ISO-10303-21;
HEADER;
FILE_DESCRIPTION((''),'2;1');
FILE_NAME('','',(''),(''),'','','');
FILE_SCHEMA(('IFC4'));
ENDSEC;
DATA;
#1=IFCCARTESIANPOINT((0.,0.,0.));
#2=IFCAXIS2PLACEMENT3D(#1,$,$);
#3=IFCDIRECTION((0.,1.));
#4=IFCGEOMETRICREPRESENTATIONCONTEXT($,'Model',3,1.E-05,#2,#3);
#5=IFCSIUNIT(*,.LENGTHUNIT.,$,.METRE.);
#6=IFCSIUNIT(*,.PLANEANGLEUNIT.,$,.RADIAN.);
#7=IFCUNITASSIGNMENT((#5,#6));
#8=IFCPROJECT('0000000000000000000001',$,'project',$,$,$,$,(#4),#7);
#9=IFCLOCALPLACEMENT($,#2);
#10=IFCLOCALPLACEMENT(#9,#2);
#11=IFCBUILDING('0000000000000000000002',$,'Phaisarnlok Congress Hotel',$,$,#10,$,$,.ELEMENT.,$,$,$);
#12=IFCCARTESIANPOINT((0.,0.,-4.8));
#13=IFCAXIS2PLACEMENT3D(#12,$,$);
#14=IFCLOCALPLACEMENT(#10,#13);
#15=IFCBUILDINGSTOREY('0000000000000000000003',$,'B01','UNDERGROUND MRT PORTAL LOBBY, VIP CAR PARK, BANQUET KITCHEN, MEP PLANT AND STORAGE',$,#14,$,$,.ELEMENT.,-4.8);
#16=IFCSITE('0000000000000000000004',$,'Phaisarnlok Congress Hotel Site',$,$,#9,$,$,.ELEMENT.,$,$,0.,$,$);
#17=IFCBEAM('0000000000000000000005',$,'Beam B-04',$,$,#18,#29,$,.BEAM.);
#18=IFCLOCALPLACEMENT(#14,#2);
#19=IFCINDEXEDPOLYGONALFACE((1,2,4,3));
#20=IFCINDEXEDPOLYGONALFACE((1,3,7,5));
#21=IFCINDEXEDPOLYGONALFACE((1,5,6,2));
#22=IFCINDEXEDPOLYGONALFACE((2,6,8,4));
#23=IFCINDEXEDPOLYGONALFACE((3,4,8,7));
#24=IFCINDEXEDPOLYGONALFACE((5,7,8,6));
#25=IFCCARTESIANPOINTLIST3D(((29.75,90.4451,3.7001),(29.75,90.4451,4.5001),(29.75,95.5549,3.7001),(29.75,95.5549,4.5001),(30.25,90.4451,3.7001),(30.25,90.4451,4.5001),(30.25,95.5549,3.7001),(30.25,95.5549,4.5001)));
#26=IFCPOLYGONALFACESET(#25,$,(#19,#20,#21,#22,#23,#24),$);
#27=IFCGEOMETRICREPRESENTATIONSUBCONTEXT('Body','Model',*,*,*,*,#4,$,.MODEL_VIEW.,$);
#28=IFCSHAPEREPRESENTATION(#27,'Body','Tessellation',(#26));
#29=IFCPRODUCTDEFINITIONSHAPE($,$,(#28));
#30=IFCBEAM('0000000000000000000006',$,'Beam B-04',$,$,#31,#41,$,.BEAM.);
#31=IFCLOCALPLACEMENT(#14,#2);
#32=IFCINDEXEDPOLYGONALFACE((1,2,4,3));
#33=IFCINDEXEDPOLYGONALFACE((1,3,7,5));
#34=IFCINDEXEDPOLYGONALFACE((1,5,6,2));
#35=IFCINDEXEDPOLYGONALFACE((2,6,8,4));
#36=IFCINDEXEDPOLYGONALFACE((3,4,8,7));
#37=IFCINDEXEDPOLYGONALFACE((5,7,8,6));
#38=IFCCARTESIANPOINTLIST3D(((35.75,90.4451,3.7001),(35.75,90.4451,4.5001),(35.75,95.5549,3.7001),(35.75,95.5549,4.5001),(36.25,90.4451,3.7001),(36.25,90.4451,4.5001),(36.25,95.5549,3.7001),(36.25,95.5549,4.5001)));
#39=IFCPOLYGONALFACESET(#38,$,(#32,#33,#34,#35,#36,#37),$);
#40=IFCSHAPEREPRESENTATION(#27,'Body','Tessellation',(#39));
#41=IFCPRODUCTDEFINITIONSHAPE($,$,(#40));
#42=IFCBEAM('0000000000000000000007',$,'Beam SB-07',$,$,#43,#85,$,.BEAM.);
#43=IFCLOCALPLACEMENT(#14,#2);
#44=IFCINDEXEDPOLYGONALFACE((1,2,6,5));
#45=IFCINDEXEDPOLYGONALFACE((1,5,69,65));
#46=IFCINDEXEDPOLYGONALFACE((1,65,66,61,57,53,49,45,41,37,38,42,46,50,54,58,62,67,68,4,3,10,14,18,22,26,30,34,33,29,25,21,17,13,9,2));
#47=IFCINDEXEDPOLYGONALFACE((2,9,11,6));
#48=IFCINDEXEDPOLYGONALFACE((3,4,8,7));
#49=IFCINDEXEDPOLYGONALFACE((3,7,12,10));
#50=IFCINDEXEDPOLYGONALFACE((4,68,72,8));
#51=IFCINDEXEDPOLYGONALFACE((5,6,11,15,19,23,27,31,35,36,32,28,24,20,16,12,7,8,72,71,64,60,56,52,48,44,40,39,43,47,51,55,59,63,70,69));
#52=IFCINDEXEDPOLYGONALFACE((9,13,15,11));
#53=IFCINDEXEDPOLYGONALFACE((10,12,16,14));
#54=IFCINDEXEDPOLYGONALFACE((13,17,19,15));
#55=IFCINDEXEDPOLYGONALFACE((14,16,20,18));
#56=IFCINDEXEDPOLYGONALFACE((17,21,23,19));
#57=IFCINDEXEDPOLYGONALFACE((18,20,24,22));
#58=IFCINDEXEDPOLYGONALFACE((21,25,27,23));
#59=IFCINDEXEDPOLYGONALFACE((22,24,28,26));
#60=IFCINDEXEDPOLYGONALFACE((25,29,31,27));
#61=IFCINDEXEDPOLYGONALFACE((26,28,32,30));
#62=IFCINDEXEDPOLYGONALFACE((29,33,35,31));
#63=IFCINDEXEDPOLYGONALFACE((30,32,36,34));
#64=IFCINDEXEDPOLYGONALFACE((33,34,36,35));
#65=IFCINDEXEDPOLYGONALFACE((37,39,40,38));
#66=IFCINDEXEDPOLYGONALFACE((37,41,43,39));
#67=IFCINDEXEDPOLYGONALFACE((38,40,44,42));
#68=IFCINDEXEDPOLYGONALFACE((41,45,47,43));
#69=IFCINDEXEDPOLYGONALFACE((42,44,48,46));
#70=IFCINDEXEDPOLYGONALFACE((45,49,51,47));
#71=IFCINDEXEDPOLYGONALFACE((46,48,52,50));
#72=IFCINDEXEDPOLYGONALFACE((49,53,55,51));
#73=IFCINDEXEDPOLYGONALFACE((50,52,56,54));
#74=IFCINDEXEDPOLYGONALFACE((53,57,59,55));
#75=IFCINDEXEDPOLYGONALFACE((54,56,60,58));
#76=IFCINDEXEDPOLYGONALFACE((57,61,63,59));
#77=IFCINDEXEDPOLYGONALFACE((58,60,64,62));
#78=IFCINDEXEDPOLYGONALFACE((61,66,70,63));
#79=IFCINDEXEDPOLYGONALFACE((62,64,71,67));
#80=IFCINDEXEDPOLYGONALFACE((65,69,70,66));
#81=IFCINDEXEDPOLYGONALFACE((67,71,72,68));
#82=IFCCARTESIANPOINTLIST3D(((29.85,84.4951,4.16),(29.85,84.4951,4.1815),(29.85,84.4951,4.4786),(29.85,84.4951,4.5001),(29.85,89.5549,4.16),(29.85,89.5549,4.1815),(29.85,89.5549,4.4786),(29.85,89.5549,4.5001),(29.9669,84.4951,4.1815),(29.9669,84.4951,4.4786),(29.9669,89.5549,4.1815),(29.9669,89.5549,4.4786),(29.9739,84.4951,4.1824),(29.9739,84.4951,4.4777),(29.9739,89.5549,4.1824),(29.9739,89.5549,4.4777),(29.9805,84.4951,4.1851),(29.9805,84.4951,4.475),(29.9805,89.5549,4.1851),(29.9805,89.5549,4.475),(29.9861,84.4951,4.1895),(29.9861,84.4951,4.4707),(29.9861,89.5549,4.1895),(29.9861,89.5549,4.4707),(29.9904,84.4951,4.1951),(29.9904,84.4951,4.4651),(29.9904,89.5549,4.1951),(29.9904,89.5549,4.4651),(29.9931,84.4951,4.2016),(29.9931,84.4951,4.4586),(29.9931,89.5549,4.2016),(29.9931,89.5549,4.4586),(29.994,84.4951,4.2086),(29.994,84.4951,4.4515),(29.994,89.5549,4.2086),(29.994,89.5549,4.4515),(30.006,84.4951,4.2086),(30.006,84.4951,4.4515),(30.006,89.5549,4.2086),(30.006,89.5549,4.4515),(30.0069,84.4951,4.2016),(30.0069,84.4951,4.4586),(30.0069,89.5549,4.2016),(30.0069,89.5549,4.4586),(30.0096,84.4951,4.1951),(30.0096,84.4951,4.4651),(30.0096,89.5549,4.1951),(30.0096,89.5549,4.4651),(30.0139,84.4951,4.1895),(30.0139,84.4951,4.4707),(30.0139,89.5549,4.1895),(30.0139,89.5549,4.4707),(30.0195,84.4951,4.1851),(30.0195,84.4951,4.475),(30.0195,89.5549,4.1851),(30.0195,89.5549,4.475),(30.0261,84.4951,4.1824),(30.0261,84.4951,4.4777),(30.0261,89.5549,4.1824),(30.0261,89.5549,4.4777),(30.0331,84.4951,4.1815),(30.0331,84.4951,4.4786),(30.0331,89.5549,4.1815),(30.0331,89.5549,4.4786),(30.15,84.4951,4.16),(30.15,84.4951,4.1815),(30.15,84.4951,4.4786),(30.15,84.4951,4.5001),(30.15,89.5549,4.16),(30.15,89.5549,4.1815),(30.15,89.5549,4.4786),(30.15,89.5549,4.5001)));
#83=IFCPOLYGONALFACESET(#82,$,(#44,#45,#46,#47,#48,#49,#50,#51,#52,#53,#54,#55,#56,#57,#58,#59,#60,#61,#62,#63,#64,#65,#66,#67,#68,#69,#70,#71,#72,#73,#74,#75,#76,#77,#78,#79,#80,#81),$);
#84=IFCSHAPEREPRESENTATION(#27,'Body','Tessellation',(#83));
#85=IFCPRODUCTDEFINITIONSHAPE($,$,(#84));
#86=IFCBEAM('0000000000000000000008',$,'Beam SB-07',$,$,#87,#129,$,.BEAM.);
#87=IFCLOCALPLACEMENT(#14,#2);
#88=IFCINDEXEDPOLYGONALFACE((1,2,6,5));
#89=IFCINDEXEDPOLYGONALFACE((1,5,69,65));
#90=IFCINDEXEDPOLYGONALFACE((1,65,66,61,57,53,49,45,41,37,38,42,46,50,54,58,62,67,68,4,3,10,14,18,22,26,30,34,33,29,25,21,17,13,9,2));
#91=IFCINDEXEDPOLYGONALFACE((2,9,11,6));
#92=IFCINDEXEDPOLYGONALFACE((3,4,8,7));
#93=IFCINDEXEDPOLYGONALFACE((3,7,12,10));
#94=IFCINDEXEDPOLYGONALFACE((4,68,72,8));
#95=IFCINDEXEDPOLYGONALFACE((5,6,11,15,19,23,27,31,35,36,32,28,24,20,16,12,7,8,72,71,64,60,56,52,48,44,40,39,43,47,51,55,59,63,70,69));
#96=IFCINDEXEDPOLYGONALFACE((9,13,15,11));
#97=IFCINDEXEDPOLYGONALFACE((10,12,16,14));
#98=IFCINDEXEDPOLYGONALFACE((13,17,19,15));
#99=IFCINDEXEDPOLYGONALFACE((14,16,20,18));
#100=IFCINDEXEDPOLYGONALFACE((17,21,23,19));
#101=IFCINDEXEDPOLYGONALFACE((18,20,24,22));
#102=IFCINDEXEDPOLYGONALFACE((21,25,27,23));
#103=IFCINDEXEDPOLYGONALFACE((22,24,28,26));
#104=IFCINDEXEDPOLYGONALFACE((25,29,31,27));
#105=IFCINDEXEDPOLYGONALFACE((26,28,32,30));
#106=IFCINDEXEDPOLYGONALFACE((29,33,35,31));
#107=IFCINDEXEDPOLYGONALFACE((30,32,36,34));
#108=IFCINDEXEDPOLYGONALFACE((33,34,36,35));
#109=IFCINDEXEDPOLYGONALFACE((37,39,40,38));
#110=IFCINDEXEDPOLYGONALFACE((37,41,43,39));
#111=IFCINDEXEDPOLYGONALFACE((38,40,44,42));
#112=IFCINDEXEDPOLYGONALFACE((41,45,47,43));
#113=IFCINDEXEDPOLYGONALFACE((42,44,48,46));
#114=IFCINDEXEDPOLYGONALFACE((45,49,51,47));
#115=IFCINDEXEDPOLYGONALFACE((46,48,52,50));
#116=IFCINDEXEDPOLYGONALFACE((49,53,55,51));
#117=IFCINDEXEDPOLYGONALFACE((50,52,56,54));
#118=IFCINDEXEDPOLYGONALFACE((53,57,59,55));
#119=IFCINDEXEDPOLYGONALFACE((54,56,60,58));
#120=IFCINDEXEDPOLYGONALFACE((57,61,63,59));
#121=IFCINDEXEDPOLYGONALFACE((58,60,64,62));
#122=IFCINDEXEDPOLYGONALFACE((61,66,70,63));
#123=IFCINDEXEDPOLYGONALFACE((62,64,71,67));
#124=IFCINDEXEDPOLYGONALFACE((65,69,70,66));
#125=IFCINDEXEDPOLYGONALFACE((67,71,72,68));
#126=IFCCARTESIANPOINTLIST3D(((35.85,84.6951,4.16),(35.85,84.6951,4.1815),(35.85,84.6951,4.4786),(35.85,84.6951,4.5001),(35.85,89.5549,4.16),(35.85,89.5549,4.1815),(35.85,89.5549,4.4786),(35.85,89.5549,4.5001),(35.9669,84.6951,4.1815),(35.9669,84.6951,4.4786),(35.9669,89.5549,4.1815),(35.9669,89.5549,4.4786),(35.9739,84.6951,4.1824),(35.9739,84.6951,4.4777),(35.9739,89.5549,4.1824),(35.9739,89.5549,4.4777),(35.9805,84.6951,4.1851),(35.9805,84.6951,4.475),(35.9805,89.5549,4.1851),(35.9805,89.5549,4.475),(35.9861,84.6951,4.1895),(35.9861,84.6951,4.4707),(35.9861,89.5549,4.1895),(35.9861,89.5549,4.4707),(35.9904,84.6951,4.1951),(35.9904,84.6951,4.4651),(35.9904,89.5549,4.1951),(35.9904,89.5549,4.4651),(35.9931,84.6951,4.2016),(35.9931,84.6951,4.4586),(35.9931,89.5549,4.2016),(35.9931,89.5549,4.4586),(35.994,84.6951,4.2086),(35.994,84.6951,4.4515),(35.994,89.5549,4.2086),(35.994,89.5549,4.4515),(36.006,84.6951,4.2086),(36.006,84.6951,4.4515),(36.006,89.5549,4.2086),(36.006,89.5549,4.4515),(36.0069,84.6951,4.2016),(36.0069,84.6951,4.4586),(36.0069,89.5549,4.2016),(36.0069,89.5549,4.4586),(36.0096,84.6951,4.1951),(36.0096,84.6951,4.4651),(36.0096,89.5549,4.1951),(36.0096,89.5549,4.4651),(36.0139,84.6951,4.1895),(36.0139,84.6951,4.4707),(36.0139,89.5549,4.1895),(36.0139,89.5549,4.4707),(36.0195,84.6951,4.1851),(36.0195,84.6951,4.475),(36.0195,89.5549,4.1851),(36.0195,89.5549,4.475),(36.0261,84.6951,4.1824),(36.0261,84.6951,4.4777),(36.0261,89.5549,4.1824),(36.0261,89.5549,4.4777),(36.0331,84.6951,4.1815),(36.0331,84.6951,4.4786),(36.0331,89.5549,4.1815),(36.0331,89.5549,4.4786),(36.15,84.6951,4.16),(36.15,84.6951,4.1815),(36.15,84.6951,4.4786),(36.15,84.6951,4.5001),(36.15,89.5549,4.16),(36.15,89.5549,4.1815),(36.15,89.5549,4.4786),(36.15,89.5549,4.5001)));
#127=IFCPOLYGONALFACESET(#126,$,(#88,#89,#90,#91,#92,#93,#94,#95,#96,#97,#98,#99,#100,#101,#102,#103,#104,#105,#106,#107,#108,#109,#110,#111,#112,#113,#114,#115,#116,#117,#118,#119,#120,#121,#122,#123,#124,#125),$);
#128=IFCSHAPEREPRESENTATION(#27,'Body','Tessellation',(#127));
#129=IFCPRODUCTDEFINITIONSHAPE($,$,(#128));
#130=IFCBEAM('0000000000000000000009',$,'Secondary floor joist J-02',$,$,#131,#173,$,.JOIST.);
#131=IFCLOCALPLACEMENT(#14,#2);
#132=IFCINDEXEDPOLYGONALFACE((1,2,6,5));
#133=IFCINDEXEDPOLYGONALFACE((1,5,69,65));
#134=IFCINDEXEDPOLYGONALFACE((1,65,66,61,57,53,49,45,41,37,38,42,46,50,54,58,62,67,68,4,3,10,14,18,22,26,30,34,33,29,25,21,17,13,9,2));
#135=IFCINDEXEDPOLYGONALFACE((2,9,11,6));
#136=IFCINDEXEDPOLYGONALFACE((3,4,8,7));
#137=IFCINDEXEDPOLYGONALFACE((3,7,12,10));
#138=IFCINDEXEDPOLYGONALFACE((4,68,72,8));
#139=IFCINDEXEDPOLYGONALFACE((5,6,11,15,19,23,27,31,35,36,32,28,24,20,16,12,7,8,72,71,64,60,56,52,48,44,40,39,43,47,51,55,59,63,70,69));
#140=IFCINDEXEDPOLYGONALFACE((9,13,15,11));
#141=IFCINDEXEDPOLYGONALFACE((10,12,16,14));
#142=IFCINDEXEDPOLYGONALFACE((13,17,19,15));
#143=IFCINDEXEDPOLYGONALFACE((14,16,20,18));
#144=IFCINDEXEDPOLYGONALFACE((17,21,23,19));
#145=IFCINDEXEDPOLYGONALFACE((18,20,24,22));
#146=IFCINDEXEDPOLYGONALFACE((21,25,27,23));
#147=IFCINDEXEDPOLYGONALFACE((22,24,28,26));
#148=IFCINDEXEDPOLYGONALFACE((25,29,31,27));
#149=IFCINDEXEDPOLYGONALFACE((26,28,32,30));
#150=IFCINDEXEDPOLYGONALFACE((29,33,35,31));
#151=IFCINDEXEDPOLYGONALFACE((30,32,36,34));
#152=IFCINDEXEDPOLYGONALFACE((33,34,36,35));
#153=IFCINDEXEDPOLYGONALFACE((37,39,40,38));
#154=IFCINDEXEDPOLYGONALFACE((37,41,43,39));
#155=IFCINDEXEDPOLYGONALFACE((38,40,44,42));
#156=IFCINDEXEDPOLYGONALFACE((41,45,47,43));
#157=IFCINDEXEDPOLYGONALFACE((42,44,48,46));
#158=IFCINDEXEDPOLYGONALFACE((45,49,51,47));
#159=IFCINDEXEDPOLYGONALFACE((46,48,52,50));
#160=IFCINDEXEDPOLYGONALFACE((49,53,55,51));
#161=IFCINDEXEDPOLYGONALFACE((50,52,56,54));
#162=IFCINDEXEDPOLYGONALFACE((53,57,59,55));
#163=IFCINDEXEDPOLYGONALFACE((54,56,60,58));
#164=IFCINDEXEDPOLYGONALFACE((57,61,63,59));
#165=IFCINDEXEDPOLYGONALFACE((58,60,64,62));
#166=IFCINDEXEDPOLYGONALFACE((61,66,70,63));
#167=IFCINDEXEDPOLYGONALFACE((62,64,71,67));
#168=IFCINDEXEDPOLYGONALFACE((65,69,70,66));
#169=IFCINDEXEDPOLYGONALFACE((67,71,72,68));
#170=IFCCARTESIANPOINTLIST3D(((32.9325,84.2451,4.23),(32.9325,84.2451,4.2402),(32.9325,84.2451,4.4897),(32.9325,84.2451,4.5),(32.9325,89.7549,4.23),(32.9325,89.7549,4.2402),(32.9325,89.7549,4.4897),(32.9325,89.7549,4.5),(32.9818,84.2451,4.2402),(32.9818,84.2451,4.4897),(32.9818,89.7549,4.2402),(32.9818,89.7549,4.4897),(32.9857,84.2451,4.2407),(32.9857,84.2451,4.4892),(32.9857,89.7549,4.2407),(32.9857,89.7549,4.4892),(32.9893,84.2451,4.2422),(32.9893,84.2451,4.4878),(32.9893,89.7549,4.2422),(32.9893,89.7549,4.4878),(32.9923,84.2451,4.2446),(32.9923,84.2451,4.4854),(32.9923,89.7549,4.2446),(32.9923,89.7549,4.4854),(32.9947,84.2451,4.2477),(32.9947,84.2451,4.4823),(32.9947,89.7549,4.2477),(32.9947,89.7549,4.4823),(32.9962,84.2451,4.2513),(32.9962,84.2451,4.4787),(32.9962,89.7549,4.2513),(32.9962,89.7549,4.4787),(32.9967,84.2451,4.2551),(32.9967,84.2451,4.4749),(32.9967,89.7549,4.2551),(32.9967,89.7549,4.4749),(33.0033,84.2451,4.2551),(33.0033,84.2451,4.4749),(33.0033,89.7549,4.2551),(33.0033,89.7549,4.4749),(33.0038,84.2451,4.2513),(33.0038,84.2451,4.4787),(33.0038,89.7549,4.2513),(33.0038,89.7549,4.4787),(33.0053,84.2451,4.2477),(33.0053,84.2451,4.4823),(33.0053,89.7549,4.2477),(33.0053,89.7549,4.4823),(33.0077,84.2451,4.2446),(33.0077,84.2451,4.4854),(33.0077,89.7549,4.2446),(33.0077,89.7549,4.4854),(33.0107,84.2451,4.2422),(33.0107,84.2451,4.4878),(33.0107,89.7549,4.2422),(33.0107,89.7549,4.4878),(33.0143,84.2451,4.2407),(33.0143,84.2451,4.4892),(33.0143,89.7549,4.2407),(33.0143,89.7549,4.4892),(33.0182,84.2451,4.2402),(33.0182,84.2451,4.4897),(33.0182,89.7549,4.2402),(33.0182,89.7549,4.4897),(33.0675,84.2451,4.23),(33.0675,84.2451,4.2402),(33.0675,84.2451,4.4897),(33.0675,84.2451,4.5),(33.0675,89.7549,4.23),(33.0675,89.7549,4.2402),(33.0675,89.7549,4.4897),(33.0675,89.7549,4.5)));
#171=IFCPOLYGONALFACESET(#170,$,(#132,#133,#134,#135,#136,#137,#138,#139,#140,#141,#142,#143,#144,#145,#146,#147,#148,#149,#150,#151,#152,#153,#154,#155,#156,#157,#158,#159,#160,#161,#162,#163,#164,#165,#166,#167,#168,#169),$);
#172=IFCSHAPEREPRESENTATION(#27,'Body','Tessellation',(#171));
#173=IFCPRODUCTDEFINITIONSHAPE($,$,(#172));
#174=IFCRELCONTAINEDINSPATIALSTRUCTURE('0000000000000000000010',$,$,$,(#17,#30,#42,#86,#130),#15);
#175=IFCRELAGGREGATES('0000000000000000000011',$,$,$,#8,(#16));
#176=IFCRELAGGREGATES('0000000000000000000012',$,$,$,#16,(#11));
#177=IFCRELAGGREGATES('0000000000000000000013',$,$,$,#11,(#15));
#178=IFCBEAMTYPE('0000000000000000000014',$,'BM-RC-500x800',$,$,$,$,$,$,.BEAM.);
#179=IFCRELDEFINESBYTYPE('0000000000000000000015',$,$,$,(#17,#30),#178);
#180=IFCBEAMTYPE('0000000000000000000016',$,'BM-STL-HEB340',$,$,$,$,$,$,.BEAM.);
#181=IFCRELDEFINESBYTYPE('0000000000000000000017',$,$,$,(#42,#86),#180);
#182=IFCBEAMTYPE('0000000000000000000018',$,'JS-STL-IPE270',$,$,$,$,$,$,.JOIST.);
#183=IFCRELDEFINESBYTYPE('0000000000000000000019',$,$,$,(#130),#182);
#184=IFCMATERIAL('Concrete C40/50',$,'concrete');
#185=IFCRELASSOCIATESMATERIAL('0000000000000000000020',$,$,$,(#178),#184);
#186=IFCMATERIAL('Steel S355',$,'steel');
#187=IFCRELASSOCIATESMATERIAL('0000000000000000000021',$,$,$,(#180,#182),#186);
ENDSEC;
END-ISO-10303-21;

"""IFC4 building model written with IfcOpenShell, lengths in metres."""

from ifc_helpers import new_model, si_unit, direction, frame, origin, origin_2d, place, context, subcontext, project, spatial, rectangle, i_section, extrude, material, material_profile, profile_set, type_object, element, save


model = new_model("IFC4")

# Units and contexts
model_context = context("Model", 3, precision=1e-05, world=origin(), true_north=direction((0.0, 1.0)))
body_context = subcontext(model_context, "Body", "Model", "MODEL_VIEW")
ifc_project = project(units=[si_unit("LENGTHUNIT", "METRE"), si_unit("PLANEANGLEUNIT", "RADIAN")], contexts=[model_context])

# Site, building, storey
site_placement = place(None, origin())
site = spatial("IfcSite", under=ifc_project, at=site_placement, Name="Phaisarnlok Congress Hotel Site", CompositionType="ELEMENT", RefElevation=0.0)
building_placement = place(site_placement, origin())
building = spatial("IfcBuilding", under=site, at=building_placement, Name="Phaisarnlok Congress Hotel", CompositionType="ELEMENT")
storey_placement = place(building_placement, frame((0.0, 0.0, -4.8)))
storey = spatial("IfcBuildingStorey", under=building, at=storey_placement, Name="B01", Description="UNDERGROUND MRT PORTAL LOBBY, VIP CAR PARK, BANQUET KITCHEN, MEP PLANT AND STORAGE", CompositionType="ELEMENT", Elevation=-4.8)

# Shared definitions
ifc_material_1 = material(Name="Concrete C40/50", Category="concrete")

# Beams
ifc_material_profile_1 = material_profile(ifc_material_1, rectangle(XDim=0.5, YDim=0.8, at=origin_2d()), Name="RC 500x800")
ifc_profile_set_1 = profile_set([ifc_material_profile_1], Name="Concrete C40/50")
beam_type_1 = type_object("IfcBeamType", Name="BM-RC-500x800", PredefinedType="BEAM", material=ifc_profile_set_1)
for number, where, z_axis, x_axis, name in (
    (1, (30.0, 90.4451, 4.1001), (0.0, 1.0, 0.0), (-1.0, 0.0, 0.0), "Beam B-04"),
    (2, (36.0, 90.4451, 4.1001), (0.0, 1.0, 0.0), (-1.0, 0.0, 0.0), "Beam B-04"),
):
    element("IfcBeam", number, at=place(storey_placement, frame(where, z_axis=z_axis, x_axis=x_axis)), inside=storey, type_object=beam_type_1, Name=name, PredefinedType="BEAM", context=body_context, shape_type="SweptSolid", body=[
        extrude(rectangle(XDim=0.5, YDim=0.8, at=origin_2d()), origin(), (0.0, 0.0, 1.0), 5.1099),
    ])
ifc_material_2 = material(Name="Steel S355", Category="steel")
ifc_material_profile_2 = material_profile(ifc_material_2, i_section(OverallWidth=0.3, OverallDepth=0.3401, WebThickness=0.012, FlangeThickness=0.0215, FilletRadius=0.0271, at=origin_2d()), Name="HEB 340")
ifc_profile_set_2 = profile_set([ifc_material_profile_2], Name="Steel S355")
beam_type_2 = type_object("IfcBeamType", Name="BM-STL-HEB340", PredefinedType="BEAM", material=ifc_profile_set_2)
beam_1_placement = place(storey_placement, frame((30.0, 84.4951, 4.3301), z_axis=(0.0, 1.0, 0.0), x_axis=(-1.0, 0.0, 0.0)))
element("IfcBeam", 3, at=beam_1_placement, inside=storey, type_object=beam_type_2, Name="Beam SB-07", PredefinedType="BEAM", context=body_context, shape_type="SweptSolid", body=[
    extrude(i_section(OverallWidth=0.3, OverallDepth=0.3401, WebThickness=0.012, FlangeThickness=0.0215, FilletRadius=0.0271, at=origin_2d()), origin(), (0.0, 0.0, 1.0), 5.0598),
])
beam_2_placement = place(storey_placement, frame((36.0, 84.6951, 4.3301), z_axis=(0.0, 1.0, 0.0), x_axis=(-1.0, 0.0, 0.0)))
element("IfcBeam", 4, at=beam_2_placement, inside=storey, type_object=beam_type_2, Name="Beam SB-07", PredefinedType="BEAM", context=body_context, shape_type="SweptSolid", body=[
    extrude(i_section(OverallWidth=0.3, OverallDepth=0.3401, WebThickness=0.012, FlangeThickness=0.0215, FilletRadius=0.0271, at=origin_2d()), origin(), (0.0, 0.0, 1.0), 4.8599),
])
ifc_material_profile_3 = material_profile(ifc_material_2, i_section(OverallWidth=0.135, OverallDepth=0.27, WebThickness=0.0066, FlangeThickness=0.0103, FilletRadius=0.0149, at=origin_2d()), Name="IPE 270")
ifc_profile_set_3 = profile_set([ifc_material_profile_3], Name="Steel S355")
beam_type_3 = type_object("IfcBeamType", Name="JS-STL-IPE270", PredefinedType="JOIST", material=ifc_profile_set_3)
for number, where, z_axis, x_axis, name in (
    (5, (33.0, 84.2451, 4.365), (0.0, 1.0, 0.0), (-1.0, 0.0, 0.0), "Secondary floor joist J-02"),
):
    element("IfcBeam", number, at=place(storey_placement, frame(where, z_axis=z_axis, x_axis=x_axis)), inside=storey, type_object=beam_type_3, Name=name, PredefinedType="JOIST", context=body_context, shape_type="SweptSolid", body=[
        extrude(i_section(OverallWidth=0.135, OverallDepth=0.27, WebThickness=0.0066, FlangeThickness=0.0103, FilletRadius=0.0149, at=origin_2d()), origin(), (0.0, 0.0, 1.0), 5.5098),
    ])

save(model, "model.ifc")
